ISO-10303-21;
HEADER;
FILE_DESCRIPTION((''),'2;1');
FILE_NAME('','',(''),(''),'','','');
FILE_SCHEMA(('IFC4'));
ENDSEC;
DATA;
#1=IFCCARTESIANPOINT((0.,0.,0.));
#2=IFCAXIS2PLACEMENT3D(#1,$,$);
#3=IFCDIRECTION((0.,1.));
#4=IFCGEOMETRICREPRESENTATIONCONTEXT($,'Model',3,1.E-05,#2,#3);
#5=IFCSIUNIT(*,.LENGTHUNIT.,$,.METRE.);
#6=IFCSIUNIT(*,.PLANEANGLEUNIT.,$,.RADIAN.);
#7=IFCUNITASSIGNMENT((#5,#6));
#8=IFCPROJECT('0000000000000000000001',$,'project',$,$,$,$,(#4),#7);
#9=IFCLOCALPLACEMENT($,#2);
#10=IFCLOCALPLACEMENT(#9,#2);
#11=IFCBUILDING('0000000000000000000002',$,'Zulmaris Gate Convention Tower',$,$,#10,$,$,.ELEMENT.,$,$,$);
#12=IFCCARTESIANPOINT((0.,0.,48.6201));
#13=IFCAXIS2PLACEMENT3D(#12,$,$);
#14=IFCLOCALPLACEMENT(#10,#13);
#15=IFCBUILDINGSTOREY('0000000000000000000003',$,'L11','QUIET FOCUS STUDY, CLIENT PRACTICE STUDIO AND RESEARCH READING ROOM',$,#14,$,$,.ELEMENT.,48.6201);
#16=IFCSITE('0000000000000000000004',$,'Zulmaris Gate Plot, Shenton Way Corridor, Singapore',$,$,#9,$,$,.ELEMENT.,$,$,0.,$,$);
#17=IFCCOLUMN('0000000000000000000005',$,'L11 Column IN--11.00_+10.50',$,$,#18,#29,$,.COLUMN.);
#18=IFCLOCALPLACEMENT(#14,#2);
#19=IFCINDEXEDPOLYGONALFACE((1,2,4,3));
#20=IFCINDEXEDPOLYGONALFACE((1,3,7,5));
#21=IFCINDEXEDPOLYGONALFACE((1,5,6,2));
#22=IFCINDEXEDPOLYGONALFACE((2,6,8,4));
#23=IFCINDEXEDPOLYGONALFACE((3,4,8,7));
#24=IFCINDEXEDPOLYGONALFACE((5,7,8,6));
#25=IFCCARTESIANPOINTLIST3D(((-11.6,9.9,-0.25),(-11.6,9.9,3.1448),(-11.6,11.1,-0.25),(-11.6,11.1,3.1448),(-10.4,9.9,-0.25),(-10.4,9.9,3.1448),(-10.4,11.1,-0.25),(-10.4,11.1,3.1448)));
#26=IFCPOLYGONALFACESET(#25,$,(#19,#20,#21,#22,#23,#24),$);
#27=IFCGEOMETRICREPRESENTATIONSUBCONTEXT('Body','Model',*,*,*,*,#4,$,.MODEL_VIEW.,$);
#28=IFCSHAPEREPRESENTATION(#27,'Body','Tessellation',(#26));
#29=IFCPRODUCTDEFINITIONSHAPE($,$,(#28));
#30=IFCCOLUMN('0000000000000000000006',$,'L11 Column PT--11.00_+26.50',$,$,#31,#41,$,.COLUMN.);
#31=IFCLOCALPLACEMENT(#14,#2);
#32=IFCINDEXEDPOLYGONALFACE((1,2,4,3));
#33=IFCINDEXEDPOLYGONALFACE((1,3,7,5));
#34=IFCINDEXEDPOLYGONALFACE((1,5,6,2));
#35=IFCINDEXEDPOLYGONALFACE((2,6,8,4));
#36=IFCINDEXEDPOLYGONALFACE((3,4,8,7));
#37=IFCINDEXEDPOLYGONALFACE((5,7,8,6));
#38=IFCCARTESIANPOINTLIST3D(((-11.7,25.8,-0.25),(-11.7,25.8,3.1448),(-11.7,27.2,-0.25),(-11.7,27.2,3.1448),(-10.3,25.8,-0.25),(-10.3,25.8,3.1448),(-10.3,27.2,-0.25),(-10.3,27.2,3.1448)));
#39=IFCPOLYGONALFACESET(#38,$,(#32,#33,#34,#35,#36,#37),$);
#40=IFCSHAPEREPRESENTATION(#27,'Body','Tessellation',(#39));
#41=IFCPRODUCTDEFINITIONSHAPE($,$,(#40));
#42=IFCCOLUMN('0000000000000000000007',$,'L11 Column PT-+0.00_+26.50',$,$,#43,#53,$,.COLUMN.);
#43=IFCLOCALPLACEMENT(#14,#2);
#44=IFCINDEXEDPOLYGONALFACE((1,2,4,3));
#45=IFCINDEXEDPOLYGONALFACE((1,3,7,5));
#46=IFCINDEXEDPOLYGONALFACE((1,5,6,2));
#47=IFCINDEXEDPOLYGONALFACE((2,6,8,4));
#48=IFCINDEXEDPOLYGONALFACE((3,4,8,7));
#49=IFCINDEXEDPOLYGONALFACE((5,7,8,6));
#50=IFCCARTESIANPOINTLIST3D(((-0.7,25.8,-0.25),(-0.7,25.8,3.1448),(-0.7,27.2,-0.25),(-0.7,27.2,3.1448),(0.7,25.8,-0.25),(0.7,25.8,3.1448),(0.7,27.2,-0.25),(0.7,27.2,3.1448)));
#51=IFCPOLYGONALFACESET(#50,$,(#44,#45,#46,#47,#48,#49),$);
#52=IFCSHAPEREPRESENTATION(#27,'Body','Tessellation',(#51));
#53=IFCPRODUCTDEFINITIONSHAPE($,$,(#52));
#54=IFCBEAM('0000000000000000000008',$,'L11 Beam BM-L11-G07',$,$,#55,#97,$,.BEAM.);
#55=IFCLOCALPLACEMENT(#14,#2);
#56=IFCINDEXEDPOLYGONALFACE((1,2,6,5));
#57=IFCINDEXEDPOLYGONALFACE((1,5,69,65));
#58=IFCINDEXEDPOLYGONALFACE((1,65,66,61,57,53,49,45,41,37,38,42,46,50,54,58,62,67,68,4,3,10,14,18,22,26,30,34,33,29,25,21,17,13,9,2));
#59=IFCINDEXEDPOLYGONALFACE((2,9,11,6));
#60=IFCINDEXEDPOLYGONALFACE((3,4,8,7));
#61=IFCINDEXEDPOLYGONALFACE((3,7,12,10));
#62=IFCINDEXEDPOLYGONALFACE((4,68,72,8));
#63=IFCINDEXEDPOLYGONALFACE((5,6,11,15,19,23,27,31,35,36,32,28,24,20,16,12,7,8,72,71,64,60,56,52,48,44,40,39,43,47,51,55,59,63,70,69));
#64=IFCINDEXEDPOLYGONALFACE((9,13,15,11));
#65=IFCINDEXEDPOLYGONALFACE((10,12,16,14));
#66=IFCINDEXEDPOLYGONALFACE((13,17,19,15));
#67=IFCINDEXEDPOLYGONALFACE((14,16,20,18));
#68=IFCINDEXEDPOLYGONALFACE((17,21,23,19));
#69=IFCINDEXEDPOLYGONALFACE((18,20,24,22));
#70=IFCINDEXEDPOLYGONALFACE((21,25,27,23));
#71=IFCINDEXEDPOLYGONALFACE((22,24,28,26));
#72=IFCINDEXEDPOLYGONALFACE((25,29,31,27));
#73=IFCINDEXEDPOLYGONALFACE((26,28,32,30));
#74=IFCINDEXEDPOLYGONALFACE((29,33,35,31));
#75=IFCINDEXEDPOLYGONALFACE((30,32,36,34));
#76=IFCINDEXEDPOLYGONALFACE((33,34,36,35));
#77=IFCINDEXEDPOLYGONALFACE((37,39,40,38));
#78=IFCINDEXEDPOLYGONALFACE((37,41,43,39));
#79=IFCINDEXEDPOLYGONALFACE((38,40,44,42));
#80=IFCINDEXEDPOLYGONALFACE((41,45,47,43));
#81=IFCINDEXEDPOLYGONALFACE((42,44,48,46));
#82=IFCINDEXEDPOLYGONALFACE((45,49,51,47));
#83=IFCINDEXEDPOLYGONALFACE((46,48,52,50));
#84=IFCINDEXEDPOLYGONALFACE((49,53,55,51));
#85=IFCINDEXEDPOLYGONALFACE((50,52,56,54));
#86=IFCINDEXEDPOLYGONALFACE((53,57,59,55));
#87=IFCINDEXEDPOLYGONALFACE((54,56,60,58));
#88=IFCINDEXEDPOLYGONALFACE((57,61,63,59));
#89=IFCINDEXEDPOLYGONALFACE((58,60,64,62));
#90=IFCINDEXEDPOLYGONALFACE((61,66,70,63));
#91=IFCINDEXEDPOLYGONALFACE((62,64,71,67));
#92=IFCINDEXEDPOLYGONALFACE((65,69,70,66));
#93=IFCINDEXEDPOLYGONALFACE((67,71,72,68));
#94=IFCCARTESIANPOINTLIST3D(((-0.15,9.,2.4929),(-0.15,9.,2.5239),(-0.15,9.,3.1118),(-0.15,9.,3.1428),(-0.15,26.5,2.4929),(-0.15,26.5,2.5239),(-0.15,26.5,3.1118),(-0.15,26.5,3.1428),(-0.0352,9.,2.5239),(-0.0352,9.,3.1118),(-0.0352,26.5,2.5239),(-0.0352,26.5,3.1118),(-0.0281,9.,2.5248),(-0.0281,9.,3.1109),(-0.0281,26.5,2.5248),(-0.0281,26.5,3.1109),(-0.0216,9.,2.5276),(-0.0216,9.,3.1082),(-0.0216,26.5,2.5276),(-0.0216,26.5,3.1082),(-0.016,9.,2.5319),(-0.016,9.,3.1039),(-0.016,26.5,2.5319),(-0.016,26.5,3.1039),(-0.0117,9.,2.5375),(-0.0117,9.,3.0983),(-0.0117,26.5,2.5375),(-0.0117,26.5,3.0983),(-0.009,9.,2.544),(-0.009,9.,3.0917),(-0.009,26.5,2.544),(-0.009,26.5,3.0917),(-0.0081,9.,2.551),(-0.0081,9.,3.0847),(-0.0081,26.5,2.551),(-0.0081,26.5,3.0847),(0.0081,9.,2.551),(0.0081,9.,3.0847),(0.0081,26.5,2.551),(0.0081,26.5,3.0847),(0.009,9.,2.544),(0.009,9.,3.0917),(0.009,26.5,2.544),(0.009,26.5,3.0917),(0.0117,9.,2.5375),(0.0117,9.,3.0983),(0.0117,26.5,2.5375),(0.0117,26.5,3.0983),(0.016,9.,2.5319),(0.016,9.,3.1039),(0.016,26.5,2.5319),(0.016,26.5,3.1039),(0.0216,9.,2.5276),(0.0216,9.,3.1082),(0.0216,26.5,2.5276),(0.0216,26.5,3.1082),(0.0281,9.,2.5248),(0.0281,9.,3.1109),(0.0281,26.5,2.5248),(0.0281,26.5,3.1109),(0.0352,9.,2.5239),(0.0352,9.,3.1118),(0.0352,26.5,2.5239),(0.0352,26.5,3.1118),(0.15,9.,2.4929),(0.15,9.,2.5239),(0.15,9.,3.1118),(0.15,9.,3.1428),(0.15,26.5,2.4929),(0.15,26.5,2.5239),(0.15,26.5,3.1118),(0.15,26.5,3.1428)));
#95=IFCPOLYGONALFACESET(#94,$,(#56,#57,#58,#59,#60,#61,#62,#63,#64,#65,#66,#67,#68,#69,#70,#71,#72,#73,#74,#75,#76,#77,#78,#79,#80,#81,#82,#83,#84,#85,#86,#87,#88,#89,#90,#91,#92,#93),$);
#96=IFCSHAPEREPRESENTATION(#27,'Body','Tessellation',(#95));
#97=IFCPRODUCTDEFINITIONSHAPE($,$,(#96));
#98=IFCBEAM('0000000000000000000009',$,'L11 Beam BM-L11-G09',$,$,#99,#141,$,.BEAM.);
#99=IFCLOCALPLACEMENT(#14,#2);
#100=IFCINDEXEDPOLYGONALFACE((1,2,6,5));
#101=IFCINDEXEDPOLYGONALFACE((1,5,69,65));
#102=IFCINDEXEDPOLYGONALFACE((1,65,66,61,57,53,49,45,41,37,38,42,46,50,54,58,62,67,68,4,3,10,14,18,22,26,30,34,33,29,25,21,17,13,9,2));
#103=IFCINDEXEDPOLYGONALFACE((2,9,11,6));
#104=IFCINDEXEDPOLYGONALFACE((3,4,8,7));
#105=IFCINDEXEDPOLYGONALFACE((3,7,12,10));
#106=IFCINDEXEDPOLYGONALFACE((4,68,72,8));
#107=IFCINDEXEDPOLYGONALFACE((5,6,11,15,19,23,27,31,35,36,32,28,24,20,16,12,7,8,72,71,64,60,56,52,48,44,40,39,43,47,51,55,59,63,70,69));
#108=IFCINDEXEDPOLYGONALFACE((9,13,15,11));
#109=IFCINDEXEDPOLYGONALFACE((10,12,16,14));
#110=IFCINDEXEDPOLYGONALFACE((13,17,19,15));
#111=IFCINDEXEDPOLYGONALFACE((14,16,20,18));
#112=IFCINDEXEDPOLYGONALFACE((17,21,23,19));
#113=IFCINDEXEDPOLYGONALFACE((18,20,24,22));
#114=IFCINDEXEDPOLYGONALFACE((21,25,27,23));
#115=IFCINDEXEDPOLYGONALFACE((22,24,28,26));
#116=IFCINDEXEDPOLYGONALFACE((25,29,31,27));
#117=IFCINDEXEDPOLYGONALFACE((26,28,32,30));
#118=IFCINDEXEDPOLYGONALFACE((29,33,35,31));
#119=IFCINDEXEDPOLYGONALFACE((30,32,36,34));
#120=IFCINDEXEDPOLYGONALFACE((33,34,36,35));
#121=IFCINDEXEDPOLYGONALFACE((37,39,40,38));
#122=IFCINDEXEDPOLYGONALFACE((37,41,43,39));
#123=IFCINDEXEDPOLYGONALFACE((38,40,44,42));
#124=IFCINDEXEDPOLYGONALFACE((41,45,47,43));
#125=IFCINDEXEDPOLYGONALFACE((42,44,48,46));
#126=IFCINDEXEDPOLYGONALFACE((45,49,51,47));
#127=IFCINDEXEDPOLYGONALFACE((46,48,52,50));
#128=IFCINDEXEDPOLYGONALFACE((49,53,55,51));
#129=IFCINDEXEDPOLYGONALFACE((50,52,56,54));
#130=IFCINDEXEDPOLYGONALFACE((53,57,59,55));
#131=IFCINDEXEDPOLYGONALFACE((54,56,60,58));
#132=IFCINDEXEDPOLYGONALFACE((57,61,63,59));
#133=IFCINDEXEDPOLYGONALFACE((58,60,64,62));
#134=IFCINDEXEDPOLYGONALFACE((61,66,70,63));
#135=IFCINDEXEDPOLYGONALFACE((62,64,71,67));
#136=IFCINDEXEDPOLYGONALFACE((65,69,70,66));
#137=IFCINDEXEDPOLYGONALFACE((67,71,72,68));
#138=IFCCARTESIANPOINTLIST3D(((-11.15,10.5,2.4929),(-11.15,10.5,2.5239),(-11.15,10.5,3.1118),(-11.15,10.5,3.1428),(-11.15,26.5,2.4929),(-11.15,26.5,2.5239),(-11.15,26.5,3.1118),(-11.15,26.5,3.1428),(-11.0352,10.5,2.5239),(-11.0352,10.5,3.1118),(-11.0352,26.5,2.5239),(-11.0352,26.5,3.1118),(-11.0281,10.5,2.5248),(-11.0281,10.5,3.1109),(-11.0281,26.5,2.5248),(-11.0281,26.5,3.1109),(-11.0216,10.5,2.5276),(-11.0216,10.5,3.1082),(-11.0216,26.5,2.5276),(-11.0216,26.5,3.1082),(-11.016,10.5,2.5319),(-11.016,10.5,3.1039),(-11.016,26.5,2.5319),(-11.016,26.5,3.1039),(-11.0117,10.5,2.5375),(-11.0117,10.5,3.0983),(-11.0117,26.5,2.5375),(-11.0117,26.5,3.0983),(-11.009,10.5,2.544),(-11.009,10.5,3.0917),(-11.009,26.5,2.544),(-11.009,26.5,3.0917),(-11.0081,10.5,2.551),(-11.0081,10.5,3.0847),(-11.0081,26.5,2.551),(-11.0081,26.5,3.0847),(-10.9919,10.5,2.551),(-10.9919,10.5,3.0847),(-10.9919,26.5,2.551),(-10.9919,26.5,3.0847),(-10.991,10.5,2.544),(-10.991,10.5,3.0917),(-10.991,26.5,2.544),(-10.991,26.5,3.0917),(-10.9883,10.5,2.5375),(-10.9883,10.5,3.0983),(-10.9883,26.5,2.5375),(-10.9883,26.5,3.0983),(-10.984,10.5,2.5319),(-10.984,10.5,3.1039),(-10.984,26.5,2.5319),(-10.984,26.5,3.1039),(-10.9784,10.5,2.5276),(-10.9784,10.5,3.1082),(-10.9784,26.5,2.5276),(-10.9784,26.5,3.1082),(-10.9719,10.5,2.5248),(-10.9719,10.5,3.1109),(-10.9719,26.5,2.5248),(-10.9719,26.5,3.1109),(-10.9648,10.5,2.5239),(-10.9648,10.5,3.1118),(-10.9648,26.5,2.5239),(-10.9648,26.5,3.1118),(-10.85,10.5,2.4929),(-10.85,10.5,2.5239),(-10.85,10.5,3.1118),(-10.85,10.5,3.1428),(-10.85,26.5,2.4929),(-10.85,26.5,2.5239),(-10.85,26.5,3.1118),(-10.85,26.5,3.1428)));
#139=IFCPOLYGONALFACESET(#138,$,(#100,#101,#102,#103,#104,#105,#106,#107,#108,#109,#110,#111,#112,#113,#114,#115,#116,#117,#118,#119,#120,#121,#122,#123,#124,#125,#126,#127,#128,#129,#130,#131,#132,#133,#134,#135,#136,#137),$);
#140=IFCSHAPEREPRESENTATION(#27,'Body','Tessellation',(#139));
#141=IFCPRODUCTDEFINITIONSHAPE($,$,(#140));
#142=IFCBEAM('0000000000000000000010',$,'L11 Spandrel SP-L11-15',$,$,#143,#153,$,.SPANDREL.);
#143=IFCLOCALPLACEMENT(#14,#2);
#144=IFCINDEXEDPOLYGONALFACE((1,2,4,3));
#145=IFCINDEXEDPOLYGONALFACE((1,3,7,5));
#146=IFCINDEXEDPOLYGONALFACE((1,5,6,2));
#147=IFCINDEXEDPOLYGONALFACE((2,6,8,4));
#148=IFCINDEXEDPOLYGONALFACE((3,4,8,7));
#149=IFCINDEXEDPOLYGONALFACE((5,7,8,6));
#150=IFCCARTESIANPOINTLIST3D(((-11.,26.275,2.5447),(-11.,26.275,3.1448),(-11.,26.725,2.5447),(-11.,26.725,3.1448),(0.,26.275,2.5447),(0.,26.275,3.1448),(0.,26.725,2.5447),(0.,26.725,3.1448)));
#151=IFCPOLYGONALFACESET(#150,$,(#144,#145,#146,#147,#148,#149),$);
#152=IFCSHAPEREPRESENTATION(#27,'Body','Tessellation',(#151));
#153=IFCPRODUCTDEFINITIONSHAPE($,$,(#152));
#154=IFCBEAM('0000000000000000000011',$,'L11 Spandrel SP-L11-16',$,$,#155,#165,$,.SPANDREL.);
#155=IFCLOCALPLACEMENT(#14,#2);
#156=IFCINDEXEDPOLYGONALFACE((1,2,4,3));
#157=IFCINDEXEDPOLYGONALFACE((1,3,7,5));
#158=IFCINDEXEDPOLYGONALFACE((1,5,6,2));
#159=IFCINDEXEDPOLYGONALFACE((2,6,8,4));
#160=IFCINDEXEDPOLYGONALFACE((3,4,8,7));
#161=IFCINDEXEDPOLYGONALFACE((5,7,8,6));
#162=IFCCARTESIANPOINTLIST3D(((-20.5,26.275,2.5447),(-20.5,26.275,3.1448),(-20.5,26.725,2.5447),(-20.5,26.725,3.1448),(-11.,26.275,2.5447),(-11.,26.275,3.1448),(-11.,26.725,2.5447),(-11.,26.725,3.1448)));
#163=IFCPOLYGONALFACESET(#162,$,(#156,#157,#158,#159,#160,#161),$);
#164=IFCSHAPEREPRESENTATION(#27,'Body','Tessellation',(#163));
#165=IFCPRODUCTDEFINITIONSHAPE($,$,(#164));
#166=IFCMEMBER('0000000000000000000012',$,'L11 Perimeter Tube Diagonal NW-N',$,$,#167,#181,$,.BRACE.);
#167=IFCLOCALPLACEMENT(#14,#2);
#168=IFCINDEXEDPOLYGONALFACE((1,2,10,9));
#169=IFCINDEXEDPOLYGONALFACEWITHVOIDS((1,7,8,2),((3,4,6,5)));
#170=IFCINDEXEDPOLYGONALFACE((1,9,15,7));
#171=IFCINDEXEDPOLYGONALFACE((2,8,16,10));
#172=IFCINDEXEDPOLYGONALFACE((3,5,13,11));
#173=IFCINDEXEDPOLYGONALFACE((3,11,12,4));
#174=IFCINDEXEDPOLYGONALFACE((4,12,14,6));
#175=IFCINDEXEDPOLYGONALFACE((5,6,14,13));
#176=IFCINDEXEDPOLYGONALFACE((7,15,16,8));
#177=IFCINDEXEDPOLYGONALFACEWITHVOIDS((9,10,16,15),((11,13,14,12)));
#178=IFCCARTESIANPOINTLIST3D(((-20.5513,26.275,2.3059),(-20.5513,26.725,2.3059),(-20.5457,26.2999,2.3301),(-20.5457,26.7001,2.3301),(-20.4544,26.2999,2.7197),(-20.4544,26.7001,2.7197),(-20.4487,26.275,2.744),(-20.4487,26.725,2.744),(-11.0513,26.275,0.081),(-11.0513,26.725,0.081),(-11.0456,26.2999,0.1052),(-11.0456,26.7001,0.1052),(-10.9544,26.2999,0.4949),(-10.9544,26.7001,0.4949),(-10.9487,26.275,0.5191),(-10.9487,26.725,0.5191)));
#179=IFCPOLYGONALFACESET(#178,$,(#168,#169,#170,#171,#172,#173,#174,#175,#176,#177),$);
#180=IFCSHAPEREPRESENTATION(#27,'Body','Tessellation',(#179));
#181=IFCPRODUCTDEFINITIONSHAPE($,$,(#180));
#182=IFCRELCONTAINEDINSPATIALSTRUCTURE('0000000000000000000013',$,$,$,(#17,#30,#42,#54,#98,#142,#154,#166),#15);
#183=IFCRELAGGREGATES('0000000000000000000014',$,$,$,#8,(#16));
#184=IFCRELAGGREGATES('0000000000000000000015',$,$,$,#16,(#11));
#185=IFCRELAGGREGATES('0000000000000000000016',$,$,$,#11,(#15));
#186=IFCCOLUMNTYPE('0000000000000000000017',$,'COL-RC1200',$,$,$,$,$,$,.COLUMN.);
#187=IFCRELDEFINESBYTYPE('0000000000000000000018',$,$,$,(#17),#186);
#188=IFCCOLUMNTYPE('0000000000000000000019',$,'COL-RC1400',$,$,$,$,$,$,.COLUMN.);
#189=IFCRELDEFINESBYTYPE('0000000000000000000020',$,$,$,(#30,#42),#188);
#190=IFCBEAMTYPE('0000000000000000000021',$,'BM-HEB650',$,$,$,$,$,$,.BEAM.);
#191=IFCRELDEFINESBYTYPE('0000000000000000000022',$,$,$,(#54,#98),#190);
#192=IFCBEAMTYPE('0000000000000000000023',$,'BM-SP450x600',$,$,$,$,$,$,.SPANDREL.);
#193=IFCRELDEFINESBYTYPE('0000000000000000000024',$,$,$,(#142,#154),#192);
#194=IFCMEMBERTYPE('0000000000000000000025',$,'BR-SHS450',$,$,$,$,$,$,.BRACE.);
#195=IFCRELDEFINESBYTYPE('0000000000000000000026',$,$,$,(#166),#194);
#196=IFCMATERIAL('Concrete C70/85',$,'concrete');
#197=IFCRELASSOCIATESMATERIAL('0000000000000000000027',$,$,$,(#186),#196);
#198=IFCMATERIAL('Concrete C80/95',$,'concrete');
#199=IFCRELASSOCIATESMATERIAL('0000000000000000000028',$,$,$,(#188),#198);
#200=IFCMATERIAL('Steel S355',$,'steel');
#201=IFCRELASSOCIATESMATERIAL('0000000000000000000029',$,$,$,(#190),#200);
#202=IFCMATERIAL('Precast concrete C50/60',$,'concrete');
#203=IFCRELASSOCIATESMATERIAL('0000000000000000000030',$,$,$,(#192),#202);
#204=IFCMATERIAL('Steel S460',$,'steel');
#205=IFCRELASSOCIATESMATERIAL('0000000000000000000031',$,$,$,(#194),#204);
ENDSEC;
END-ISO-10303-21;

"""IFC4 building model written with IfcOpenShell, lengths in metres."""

from ifc_helpers import new_model, si_unit, direction, frame, origin, origin_2d, place, context, subcontext, project, spatial, rectangle, hollow_rectangle, i_section, extrude, material, material_profile, profile_set, type_object, element, save


model = new_model("IFC4")

# Units and contexts
model_context = context("Model", 3, precision=1e-05, world=origin(), true_north=direction((0.0, 1.0)))
body_context = subcontext(model_context, "Body", "Model", "MODEL_VIEW")
ifc_project = project(units=[si_unit("LENGTHUNIT", "METRE"), si_unit("PLANEANGLEUNIT", "RADIAN")], contexts=[model_context])

# Site, building, storey
site_placement = place(None, origin())
site = spatial("IfcSite", under=ifc_project, at=site_placement, Name="Zulmaris Gate Plot, Shenton Way Corridor, Singapore", CompositionType="ELEMENT", RefElevation=0.0)
building_placement = place(site_placement, origin())
building = spatial("IfcBuilding", under=site, at=building_placement, Name="Zulmaris Gate Convention Tower", CompositionType="ELEMENT")
storey_placement = place(building_placement, frame((0.0, 0.0, 48.6201)))
storey = spatial("IfcBuildingStorey", under=building, at=storey_placement, Name="L11", Description="QUIET FOCUS STUDY, CLIENT PRACTICE STUDIO AND RESEARCH READING ROOM", CompositionType="ELEMENT", Elevation=48.6201)

# Columns
ifc_material_1 = material(Name="Concrete C70/85", Category="concrete")
ifc_material_profile_1 = material_profile(ifc_material_1, rectangle(XDim=1.2, YDim=1.2, at=origin_2d()), Name="RC COL 1200x1200")
ifc_profile_set_1 = profile_set([ifc_material_profile_1], Name="Concrete C70/85")
column_type_1 = type_object("IfcColumnType", Name="COL-RC1200", PredefinedType="COLUMN", material=ifc_profile_set_1)
column_placement = place(storey_placement, frame((-11.0, 10.5, -0.25), z_axis=(0.0, 0.0, 1.0), x_axis=(1.0, 0.0, 0.0)))
element("IfcColumn", 1, at=column_placement, inside=storey, type_object=column_type_1, Name="L11 Column IN--11.00_+10.50", PredefinedType="COLUMN", context=body_context, shape_type="SweptSolid", body=[
    extrude(rectangle(XDim=1.2, YDim=1.2, at=origin_2d()), origin(), (0.0, 0.0, 1.0), 3.3948),
])
ifc_material_2 = material(Name="Concrete C80/95", Category="concrete")
ifc_material_profile_2 = material_profile(ifc_material_2, rectangle(XDim=1.3999, YDim=1.3999, at=origin_2d()), Name="RC COL 1400x1400")
ifc_profile_set_2 = profile_set([ifc_material_profile_2], Name="Concrete C80/95")
column_type_2 = type_object("IfcColumnType", Name="COL-RC1400", PredefinedType="COLUMN", material=ifc_profile_set_2)
for number, where, z_axis, x_axis, name in (
    (2, (-11.0, 26.5, -0.25), (0.0, 0.0, 1.0), (1.0, 0.0, 0.0), "L11 Column PT--11.00_+26.50"),
    (3, (0.0, 26.5, -0.25), (0.0, 0.0, 1.0), (1.0, 0.0, 0.0), "L11 Column PT-+0.00_+26.50"),
):
    element("IfcColumn", number, at=place(storey_placement, frame(where, z_axis=z_axis, x_axis=x_axis)), inside=storey, type_object=column_type_2, Name=name, PredefinedType="COLUMN", context=body_context, shape_type="SweptSolid", body=[
        extrude(rectangle(XDim=1.3999, YDim=1.3999, at=origin_2d()), origin(), (0.0, 0.0, 1.0), 3.3948),
    ])

# Beams
ifc_material_3 = material(Name="Steel S355", Category="steel")
ifc_material_profile_3 = material_profile(ifc_material_3, i_section(OverallWidth=0.3, OverallDepth=0.6499, WebThickness=0.0161, FlangeThickness=0.031, FilletRadius=0.0271, at=origin_2d()), Name="HEB 650")
ifc_profile_set_3 = profile_set([ifc_material_profile_3], Name="Steel S355")
beam_type_1 = type_object("IfcBeamType", Name="BM-HEB650", PredefinedType="BEAM", material=ifc_profile_set_3)
beam_1_placement = place(storey_placement, frame((0.0, 9.0, 2.8179), z_axis=(0.0, 1.0, 0.0), x_axis=(-1.0, 0.0, 0.0)))
element("IfcBeam", 4, at=beam_1_placement, inside=storey, type_object=beam_type_1, Name="L11 Beam BM-L11-G07", PredefinedType="BEAM", context=body_context, shape_type="SweptSolid", body=[
    extrude(i_section(OverallWidth=0.3, OverallDepth=0.6499, WebThickness=0.0161, FlangeThickness=0.031, FilletRadius=0.0271, at=origin_2d()), origin(), (0.0, 0.0, 1.0), 17.5),
])
beam_2_placement = place(storey_placement, frame((-11.0, 10.5, 2.8179), z_axis=(0.0, 1.0, 0.0), x_axis=(-1.0, 0.0, 0.0)))
element("IfcBeam", 5, at=beam_2_placement, inside=storey, type_object=beam_type_1, Name="L11 Beam BM-L11-G09", PredefinedType="BEAM", context=body_context, shape_type="SweptSolid", body=[
    extrude(i_section(OverallWidth=0.3, OverallDepth=0.6499, WebThickness=0.0161, FlangeThickness=0.031, FilletRadius=0.0271, at=origin_2d()), origin(), (0.0, 0.0, 1.0), 16.0),
])
ifc_material_4 = material(Name="Precast concrete C50/60", Category="concrete")
ifc_material_profile_4 = material_profile(ifc_material_4, rectangle(XDim=0.45, YDim=0.6001, at=origin_2d()), Name="RC SPANDREL 450x600")
ifc_profile_set_4 = profile_set([ifc_material_profile_4], Name="Precast concrete C50/60")
beam_type_2 = type_object("IfcBeamType", Name="BM-SP450x600", PredefinedType="SPANDREL", material=ifc_profile_set_4)
beam_3_placement = place(storey_placement, frame((0.0, 26.5, 2.8447), z_axis=(-1.0, 0.0, 0.0), x_axis=(0.0, -1.0, 0.0)))
element("IfcBeam", 6, at=beam_3_placement, inside=storey, type_object=beam_type_2, Name="L11 Spandrel SP-L11-15", PredefinedType="SPANDREL", context=body_context, shape_type="SweptSolid", body=[
    extrude(rectangle(XDim=0.45, YDim=0.6001, at=origin_2d()), origin(), (0.0, 0.0, 1.0), 11.0),
])
beam_4_placement = place(storey_placement, frame((-11.0, 26.5, 2.8447), z_axis=(-1.0, 0.0, 0.0), x_axis=(0.0, -1.0, 0.0)))
element("IfcBeam", 7, at=beam_4_placement, inside=storey, type_object=beam_type_2, Name="L11 Spandrel SP-L11-16", PredefinedType="SPANDREL", context=body_context, shape_type="SweptSolid", body=[
    extrude(rectangle(XDim=0.45, YDim=0.6001, at=origin_2d()), origin(), (0.0, 0.0, 1.0), 9.5),
])

# Member
ifc_material_5 = material(Name="Steel S460", Category="steel")
ifc_material_profile_5 = material_profile(ifc_material_5, hollow_rectangle(XDim=0.45, YDim=0.45, WallThickness=0.0249, at=origin_2d()), Name="SHS 450x450x25")
ifc_profile_set_5 = profile_set([ifc_material_profile_5], Name="Steel S460")
member_type = type_object("IfcMemberType", Name="BR-SHS450", PredefinedType="BRACE", material=ifc_profile_set_5)
member_placement = place(storey_placement, frame((-11.0, 26.5, 0.3), z_axis=(-0.973655, 0.0, 0.228025), x_axis=(0.0, -1.0, 0.0)))
element("IfcMember", 8, at=member_placement, inside=storey, type_object=member_type, Name="L11 Perimeter Tube Diagonal NW-N", PredefinedType="BRACE", context=body_context, shape_type="SweptSolid", body=[
    extrude(hollow_rectangle(XDim=0.45, YDim=0.45, WallThickness=0.0249, at=origin_2d()), origin(), (0.0, 0.0, 1.0), 9.7571),
])

save(model, "model.ifc")
